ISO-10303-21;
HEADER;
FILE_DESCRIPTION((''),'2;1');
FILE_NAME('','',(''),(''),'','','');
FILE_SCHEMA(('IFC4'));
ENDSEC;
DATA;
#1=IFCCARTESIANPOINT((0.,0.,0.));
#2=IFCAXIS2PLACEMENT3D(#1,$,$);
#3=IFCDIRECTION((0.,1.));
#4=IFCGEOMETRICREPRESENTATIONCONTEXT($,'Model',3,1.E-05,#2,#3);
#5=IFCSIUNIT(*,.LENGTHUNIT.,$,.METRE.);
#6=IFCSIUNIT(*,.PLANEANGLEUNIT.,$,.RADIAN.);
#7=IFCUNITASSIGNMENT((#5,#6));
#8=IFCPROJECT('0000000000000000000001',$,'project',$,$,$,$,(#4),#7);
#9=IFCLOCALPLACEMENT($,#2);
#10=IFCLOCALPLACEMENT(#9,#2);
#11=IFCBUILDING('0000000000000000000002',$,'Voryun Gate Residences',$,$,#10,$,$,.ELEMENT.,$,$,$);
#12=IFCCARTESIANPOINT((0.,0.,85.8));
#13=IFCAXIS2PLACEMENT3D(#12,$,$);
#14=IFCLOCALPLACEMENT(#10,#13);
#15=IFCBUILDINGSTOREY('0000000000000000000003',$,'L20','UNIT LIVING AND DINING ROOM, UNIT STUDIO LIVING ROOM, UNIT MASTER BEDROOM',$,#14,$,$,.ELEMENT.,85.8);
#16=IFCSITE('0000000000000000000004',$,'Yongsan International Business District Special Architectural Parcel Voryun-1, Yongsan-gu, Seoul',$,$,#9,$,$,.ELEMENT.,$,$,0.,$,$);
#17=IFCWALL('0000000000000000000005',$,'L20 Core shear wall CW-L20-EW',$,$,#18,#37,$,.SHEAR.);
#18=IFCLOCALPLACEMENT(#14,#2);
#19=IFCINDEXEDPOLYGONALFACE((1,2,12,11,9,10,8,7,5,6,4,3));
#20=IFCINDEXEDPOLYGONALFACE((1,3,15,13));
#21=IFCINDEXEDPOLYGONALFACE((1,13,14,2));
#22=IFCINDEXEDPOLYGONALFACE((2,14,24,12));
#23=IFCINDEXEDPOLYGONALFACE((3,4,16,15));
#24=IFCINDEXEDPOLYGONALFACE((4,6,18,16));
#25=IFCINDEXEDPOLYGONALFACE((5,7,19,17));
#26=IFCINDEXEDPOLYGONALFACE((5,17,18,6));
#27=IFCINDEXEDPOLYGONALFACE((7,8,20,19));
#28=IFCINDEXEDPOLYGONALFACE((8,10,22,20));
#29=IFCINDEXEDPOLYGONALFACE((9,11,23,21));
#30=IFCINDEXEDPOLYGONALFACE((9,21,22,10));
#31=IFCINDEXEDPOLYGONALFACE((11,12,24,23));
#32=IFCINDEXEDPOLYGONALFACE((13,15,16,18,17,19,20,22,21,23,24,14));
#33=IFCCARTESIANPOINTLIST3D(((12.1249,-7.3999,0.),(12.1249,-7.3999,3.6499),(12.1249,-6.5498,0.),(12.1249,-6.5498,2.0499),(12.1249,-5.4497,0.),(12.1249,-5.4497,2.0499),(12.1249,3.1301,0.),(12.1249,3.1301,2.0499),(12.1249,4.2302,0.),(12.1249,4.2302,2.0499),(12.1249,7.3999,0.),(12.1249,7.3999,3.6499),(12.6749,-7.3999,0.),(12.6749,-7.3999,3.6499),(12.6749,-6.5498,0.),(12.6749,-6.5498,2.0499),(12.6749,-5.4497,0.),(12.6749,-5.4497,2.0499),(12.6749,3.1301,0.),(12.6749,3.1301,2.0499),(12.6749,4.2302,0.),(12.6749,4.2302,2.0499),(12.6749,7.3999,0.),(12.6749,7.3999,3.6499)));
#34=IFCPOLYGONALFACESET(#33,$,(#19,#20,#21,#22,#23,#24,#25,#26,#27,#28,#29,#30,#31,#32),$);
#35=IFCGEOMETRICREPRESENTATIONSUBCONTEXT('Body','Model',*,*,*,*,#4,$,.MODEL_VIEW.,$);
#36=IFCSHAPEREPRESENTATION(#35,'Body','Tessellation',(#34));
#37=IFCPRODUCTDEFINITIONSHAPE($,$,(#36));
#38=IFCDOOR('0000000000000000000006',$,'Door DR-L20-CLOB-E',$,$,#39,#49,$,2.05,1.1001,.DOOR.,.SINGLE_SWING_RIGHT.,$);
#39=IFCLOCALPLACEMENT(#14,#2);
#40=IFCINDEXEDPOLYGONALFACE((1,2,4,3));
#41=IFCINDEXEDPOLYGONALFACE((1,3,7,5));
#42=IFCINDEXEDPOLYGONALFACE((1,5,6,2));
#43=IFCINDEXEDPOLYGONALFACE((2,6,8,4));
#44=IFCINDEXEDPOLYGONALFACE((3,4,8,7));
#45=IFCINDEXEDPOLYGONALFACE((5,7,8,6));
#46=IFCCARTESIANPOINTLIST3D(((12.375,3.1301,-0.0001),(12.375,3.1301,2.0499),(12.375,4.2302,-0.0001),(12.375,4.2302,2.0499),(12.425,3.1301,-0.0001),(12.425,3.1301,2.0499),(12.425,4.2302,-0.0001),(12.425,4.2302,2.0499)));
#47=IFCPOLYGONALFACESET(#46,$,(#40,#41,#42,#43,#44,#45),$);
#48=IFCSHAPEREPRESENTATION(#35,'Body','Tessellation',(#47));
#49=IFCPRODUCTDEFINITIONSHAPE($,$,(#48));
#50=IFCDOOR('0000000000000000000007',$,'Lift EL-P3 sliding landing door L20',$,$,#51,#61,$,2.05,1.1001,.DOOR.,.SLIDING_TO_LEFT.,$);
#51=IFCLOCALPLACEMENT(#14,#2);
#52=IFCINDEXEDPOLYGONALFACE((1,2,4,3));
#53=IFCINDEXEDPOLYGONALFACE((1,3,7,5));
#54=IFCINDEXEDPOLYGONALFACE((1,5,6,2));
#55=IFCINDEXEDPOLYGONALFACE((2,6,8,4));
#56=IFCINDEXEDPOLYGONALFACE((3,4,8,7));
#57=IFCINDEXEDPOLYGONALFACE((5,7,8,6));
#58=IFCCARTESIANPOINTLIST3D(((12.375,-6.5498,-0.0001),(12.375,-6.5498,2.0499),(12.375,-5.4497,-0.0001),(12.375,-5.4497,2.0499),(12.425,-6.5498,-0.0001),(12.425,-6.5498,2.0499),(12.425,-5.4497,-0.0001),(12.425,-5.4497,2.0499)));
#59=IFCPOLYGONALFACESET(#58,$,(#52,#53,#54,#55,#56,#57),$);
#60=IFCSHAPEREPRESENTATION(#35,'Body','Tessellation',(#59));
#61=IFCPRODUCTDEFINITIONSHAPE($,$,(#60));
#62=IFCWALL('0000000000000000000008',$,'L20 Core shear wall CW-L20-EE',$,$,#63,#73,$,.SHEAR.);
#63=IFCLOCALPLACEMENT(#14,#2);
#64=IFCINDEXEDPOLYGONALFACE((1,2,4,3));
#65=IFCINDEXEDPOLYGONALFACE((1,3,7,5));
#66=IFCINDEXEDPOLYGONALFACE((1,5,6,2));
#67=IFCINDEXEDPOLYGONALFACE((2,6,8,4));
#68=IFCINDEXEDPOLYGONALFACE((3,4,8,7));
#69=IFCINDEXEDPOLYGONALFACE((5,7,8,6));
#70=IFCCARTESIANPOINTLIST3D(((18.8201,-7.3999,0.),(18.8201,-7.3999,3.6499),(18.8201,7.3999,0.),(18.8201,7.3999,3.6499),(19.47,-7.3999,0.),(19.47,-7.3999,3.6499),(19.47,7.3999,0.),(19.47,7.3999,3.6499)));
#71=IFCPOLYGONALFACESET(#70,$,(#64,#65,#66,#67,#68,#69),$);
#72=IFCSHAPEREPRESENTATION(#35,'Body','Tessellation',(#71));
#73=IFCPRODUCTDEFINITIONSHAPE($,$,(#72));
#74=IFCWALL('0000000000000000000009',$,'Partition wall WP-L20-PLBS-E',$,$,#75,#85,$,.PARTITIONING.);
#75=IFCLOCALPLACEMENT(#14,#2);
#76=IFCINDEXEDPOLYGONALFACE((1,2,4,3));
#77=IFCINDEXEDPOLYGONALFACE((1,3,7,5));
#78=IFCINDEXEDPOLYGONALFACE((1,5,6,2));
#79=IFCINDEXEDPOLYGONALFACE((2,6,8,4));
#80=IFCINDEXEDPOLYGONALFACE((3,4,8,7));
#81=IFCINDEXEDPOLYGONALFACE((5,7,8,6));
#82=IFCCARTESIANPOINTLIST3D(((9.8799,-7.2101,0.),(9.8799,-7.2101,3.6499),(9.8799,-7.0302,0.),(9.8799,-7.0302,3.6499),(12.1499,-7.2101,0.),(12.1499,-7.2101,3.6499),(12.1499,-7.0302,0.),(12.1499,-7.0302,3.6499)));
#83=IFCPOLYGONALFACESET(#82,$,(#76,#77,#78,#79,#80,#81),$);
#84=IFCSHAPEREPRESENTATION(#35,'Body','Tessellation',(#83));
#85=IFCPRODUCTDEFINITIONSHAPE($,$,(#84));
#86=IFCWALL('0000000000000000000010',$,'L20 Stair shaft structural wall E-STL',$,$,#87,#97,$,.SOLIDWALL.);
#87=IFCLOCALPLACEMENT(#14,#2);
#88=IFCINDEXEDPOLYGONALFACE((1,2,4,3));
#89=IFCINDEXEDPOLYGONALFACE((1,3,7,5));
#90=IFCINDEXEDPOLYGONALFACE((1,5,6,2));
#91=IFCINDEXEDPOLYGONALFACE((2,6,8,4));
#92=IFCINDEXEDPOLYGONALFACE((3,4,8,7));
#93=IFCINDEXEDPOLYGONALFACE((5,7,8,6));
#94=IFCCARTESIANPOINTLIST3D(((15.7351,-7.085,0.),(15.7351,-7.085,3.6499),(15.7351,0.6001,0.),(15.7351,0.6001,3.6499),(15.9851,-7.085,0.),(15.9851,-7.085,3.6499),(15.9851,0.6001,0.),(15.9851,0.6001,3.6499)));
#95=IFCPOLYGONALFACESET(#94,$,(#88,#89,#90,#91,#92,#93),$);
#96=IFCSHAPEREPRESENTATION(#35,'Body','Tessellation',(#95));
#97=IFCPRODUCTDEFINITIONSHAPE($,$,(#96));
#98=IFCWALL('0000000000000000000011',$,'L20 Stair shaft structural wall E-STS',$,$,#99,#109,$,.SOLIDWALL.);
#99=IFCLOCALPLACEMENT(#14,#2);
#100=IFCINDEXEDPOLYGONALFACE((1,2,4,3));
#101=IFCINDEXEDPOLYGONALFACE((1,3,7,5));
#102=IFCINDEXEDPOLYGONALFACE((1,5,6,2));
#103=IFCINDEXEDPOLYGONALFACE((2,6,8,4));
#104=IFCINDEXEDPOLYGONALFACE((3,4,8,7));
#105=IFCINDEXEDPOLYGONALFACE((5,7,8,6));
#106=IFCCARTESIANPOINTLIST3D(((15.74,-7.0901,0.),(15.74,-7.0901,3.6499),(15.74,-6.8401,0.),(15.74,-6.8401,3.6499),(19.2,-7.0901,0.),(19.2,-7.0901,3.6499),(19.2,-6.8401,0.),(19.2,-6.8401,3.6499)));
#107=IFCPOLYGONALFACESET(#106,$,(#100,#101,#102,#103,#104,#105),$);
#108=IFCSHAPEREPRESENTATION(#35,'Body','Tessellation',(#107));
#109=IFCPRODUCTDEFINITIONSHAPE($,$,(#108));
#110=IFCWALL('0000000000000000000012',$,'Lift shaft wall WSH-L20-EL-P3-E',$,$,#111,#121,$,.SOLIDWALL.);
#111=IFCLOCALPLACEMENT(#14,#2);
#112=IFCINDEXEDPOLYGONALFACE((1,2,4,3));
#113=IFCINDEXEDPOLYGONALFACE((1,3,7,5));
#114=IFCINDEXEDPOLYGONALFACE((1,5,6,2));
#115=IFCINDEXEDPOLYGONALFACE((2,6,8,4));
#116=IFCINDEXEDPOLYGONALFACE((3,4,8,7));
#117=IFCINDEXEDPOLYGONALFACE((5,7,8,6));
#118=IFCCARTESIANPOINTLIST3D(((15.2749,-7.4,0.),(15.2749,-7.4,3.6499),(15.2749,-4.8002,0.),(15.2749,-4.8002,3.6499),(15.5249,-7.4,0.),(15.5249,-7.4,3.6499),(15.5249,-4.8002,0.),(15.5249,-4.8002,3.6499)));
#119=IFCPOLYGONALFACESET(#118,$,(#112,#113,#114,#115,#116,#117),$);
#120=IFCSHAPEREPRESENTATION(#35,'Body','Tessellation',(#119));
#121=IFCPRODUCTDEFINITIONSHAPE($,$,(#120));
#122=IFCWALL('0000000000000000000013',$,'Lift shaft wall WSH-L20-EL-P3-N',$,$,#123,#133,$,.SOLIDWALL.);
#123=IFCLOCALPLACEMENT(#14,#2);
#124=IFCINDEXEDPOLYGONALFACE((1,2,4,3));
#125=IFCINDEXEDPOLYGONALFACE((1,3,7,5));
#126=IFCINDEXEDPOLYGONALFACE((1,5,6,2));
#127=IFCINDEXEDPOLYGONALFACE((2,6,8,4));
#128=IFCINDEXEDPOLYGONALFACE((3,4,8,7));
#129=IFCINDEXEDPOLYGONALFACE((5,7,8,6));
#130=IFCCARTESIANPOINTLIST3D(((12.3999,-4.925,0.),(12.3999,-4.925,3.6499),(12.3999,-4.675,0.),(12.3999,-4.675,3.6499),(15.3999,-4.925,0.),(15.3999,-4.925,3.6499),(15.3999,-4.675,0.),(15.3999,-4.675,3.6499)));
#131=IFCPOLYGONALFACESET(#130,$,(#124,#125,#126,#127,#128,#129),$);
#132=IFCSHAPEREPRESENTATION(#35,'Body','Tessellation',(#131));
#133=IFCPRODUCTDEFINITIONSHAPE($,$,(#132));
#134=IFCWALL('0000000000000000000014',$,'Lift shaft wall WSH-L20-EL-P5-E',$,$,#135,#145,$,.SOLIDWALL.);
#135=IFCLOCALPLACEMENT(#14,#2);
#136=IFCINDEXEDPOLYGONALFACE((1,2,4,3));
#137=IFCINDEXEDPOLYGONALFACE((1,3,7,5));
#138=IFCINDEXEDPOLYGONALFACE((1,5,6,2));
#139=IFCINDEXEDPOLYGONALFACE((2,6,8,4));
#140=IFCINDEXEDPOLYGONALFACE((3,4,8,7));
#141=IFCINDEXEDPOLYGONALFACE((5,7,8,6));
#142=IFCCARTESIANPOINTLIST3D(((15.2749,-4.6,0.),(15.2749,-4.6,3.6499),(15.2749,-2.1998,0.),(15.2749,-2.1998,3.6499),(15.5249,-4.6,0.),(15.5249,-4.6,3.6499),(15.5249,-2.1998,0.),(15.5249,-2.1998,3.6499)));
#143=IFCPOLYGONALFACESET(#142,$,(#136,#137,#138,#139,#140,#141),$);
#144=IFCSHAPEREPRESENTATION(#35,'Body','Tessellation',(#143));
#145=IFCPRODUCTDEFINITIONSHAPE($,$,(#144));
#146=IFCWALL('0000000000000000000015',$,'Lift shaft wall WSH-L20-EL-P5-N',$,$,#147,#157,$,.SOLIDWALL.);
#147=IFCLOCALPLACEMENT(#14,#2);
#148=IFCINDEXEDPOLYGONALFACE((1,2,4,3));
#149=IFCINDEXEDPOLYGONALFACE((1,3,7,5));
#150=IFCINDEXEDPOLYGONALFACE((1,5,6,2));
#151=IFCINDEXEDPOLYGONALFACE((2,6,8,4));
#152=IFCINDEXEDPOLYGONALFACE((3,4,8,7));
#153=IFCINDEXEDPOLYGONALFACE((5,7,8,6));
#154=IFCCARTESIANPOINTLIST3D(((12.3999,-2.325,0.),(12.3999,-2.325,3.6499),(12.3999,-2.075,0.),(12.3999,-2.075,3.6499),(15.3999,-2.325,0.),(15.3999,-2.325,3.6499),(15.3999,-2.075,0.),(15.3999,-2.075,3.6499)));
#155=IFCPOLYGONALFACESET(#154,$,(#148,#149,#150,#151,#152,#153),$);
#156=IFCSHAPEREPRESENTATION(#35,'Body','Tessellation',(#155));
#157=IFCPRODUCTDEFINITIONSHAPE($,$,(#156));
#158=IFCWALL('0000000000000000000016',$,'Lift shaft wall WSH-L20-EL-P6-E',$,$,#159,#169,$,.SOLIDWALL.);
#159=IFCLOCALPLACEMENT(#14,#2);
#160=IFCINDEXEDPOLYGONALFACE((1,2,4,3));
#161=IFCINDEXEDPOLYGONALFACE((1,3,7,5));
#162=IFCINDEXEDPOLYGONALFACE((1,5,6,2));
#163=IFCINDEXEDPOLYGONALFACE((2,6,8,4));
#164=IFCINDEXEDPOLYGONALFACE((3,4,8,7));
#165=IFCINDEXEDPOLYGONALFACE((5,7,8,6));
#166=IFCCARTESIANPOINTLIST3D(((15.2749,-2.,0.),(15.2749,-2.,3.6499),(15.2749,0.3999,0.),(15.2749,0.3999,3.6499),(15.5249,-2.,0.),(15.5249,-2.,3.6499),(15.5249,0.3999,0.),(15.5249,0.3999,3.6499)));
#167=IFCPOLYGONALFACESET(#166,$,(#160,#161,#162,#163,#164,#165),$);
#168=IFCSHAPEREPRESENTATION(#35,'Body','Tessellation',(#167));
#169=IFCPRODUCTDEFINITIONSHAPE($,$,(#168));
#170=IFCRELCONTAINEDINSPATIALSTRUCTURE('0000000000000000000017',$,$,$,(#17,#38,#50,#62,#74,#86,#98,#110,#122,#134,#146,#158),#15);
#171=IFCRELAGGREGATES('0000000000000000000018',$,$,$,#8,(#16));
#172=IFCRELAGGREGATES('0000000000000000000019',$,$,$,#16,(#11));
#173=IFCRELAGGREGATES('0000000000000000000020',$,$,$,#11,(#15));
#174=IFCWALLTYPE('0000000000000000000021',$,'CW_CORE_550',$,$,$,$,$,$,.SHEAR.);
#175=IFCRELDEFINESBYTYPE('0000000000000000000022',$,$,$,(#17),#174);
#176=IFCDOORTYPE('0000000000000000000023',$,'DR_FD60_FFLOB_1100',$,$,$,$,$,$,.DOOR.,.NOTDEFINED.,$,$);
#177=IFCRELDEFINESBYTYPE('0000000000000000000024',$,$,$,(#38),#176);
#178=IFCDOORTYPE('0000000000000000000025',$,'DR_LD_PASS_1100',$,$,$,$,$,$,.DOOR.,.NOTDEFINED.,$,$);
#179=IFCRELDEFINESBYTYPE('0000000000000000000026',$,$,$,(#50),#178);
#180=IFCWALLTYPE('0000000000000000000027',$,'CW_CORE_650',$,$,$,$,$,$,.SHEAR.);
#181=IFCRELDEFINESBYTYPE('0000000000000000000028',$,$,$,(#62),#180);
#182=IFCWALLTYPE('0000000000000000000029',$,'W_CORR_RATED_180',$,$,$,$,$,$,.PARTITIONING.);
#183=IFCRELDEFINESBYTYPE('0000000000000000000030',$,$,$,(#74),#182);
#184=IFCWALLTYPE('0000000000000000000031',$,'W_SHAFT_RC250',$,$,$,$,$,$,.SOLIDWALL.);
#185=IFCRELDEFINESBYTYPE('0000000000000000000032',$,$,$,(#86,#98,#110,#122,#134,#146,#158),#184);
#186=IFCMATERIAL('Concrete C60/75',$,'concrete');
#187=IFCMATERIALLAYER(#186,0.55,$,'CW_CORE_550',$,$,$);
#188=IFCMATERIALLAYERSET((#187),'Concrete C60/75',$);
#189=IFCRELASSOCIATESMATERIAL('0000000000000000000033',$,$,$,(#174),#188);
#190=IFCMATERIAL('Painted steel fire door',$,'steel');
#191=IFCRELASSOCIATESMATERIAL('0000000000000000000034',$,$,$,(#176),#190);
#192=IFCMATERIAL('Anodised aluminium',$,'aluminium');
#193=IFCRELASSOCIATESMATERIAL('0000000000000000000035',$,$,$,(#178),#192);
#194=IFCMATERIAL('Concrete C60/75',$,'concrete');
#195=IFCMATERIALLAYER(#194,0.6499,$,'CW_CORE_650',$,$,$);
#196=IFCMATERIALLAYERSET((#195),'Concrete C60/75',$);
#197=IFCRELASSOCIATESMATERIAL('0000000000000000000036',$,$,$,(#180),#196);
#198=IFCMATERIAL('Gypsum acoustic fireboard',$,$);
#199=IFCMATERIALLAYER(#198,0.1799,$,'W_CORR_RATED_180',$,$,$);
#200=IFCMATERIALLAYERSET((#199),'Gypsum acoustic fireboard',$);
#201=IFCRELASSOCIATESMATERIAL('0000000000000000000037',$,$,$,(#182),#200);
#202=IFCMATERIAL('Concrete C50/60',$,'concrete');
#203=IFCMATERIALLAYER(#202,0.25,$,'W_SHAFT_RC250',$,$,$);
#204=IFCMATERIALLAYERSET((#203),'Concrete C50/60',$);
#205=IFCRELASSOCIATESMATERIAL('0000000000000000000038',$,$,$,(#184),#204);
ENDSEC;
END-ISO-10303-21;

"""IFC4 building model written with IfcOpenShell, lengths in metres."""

from ifc_helpers import new_model, si_unit, direction, frame, frame_2d, origin, place, context, subcontext, project, spatial, rectangle, extrude, material, layer, layer_set, type_object, element, fill, save


model = new_model("IFC4")

# Units and contexts
model_context = context("Model", 3, precision=1e-05, world=origin(), true_north=direction((0.0, 1.0)))
body_context = subcontext(model_context, "Body", "Model", "MODEL_VIEW")
ifc_project = project(units=[si_unit("LENGTHUNIT", "METRE"), si_unit("PLANEANGLEUNIT", "RADIAN")], contexts=[model_context])

# Site, building, storey
site_placement = place(None, origin())
site = spatial("IfcSite", under=ifc_project, at=site_placement, Name="Yongsan International Business District Special Architectural Parcel Voryun-1, Yongsan-gu, Seoul", CompositionType="ELEMENT", RefElevation=0.0)
building_placement = place(site_placement, origin())
building = spatial("IfcBuilding", under=site, at=building_placement, Name="Voryun Gate Residences", CompositionType="ELEMENT")
storey_placement = place(building_placement, frame((0.0, 0.0, 85.8)))
storey = spatial("IfcBuildingStorey", under=building, at=storey_placement, Name="L20", Description="UNIT LIVING AND DINING ROOM, UNIT STUDIO LIVING ROOM, UNIT MASTER BEDROOM", CompositionType="ELEMENT", Elevation=85.8)

# Shared definitions
ifc_material_1 = material(Name="Concrete C60/75", Category="concrete")
ifc_layer_1 = layer(ifc_material_1, 0.55, Name="CW_CORE_550")
ifc_layer_set_1 = layer_set([ifc_layer_1], Name="Concrete C60/75")
wall_type_1 = type_object("IfcWallType", Name="CW_CORE_550", PredefinedType="SHEAR", material=ifc_layer_set_1)

# Wall, openings, doors
wall_1_placement = place(storey_placement, frame((12.3999, -7.3999, 0.0), z_axis=(0.0, 0.0, 1.0), x_axis=(0.0, 1.0, 0.0)))
wall_1 = element("IfcWall", 1, at=wall_1_placement, inside=storey, type_object=wall_type_1, Name="L20 Core shear wall CW-L20-EW", PredefinedType="SHEAR", context=body_context, shape_type="SweptSolid", body=[
    extrude(rectangle(XDim=14.7998, YDim=0.55, at=frame_2d((7.3999, 0.0))), origin(), (0.0, 0.0, 1.0), 3.6499),
])
opening_1_placement = place(wall_1_placement, frame((0.8501, 0.0, 0.0)))
opening_1 = element("IfcOpeningElement", 2, at=opening_1_placement, cuts=wall_1, PredefinedType="OPENING", context=body_context, shape_type="SweptSolid", body=[
    extrude(rectangle(XDim=1.1001, YDim=2.05, at=frame_2d((0.55, 1.0249))), frame((0.0, 0.2849, 0.0), z_axis=(0.0, -1.0, 0.0), x_axis=(1.0, 0.0, 0.0)), (0.0, 0.0, 1.0), 0.5701),
])
opening_2_placement = place(wall_1_placement, frame((10.53, 0.0, 0.0)))
opening_2 = element("IfcOpeningElement", 3, at=opening_2_placement, cuts=wall_1, PredefinedType="OPENING", context=body_context, shape_type="SweptSolid", body=[
    extrude(rectangle(XDim=1.1001, YDim=2.05, at=frame_2d((0.55, 1.0249))), frame((0.0, 0.2849, 0.0), z_axis=(0.0, -1.0, 0.0), x_axis=(1.0, 0.0, 0.0)), (0.0, 0.0, 1.0), 0.5701),
])
ifc_material_2 = material(Name="Painted steel fire door", Category="steel")
door_type_1 = type_object("IfcDoorType", Name="DR_FD60_FFLOB_1100", OperationType="NOTDEFINED", PredefinedType="DOOR", material=ifc_material_2)
door_1_placement = place(opening_2_placement, origin())
door_1 = element("IfcDoor", 4, at=door_1_placement, inside=storey, type_object=door_type_1, Name="Door DR-L20-CLOB-E", OperationType="SINGLE_SWING_RIGHT", OverallHeight=2.05, OverallWidth=1.1001, PredefinedType="DOOR", context=body_context, shape_type="SweptSolid", body=[
    extrude(rectangle(XDim=1.1001, YDim=2.05, at=frame_2d((0.55, 1.0249))), frame((0.0, 0.0249, 0.0), z_axis=(0.0, -1.0, 0.0), x_axis=(1.0, 0.0, 0.0)), (0.0, 0.0, 1.0), 0.05),
])
fill(opening_2, door_1)
ifc_material_3 = material(Name="Anodised aluminium", Category="aluminium")
door_type_2 = type_object("IfcDoorType", Name="DR_LD_PASS_1100", OperationType="NOTDEFINED", PredefinedType="DOOR", material=ifc_material_3)
door_2_placement = place(opening_1_placement, origin())
door_2 = element("IfcDoor", 5, at=door_2_placement, inside=storey, type_object=door_type_2, Name="Lift EL-P3 sliding landing door L20", OperationType="SLIDING_TO_LEFT", OverallHeight=2.05, OverallWidth=1.1001, PredefinedType="DOOR", context=body_context, shape_type="SweptSolid", body=[
    extrude(rectangle(XDim=1.1001, YDim=2.05, at=frame_2d((0.55, 1.0249))), frame((0.0, 0.0249, 0.0), z_axis=(0.0, -1.0, 0.0), x_axis=(1.0, 0.0, 0.0)), (0.0, 0.0, 1.0), 0.05),
])
fill(opening_1, door_2)

# Walls
ifc_material_4 = material(Name="Concrete C60/75", Category="concrete")
ifc_layer_2 = layer(ifc_material_4, 0.6499, Name="CW_CORE_650")
ifc_layer_set_2 = layer_set([ifc_layer_2], Name="Concrete C60/75")
wall_type_2 = type_object("IfcWallType", Name="CW_CORE_650", PredefinedType="SHEAR", material=ifc_layer_set_2)
wall_2_placement = place(storey_placement, frame((19.145, -7.3999, 0.0), z_axis=(0.0, 0.0, 1.0), x_axis=(0.0, 1.0, 0.0)))
element("IfcWall", 6, at=wall_2_placement, inside=storey, type_object=wall_type_2, Name="L20 Core shear wall CW-L20-EE", PredefinedType="SHEAR", context=body_context, shape_type="SweptSolid", body=[
    extrude(rectangle(XDim=14.7998, YDim=0.6499, at=frame_2d((7.3999, 0.0))), origin(), (0.0, 0.0, 1.0), 3.6499),
])
ifc_material_5 = material(Name="Gypsum acoustic fireboard")
ifc_layer_3 = layer(ifc_material_5, 0.1799, Name="W_CORR_RATED_180")
ifc_layer_set_3 = layer_set([ifc_layer_3], Name="Gypsum acoustic fireboard")
wall_type_3 = type_object("IfcWallType", Name="W_CORR_RATED_180", PredefinedType="PARTITIONING", material=ifc_layer_set_3)
wall_3_placement = place(storey_placement, frame((9.8799, -7.1201, 0.0), z_axis=(0.0, 0.0, 1.0), x_axis=(1.0, 0.0, 0.0)))
element("IfcWall", 7, at=wall_3_placement, inside=storey, type_object=wall_type_3, Name="Partition wall WP-L20-PLBS-E", PredefinedType="PARTITIONING", context=body_context, shape_type="SweptSolid", body=[
    extrude(rectangle(XDim=2.27, YDim=0.1799, at=frame_2d((1.135, 0.0))), origin(), (0.0, 0.0, 1.0), 3.6499),
])
ifc_material_6 = material(Name="Concrete C50/60", Category="concrete")
ifc_layer_4 = layer(ifc_material_6, 0.25, Name="W_SHAFT_RC250")
ifc_layer_set_4 = layer_set([ifc_layer_4], Name="Concrete C50/60")
wall_type_4 = type_object("IfcWallType", Name="W_SHAFT_RC250", PredefinedType="SOLIDWALL", material=ifc_layer_set_4)
wall_4_placement = place(storey_placement, frame((15.8601, -7.085, 0.0), z_axis=(0.0, 0.0, 1.0), x_axis=(0.0, 1.0, 0.0)))
element("IfcWall", 8, at=wall_4_placement, inside=storey, type_object=wall_type_4, Name="L20 Stair shaft structural wall E-STL", PredefinedType="SOLIDWALL", context=body_context, shape_type="SweptSolid", body=[
    extrude(rectangle(XDim=7.6851, YDim=0.25, at=frame_2d((3.8425, 0.0))), origin(), (0.0, 0.0, 1.0), 3.6499),
])
wall_5_placement = place(storey_placement, frame((15.74, -6.9651, 0.0), z_axis=(0.0, 0.0, 1.0), x_axis=(1.0, 0.0, 0.0)))
element("IfcWall", 9, at=wall_5_placement, inside=storey, type_object=wall_type_4, Name="L20 Stair shaft structural wall E-STS", PredefinedType="SOLIDWALL", context=body_context, shape_type="SweptSolid", body=[
    extrude(rectangle(XDim=3.46, YDim=0.25, at=frame_2d((1.73, 0.0))), origin(), (0.0, 0.0, 1.0), 3.6499),
])
wall_6_placement = place(storey_placement, frame((15.3999, -7.3999, 0.0), z_axis=(0.0, 0.0, 1.0), x_axis=(0.0, 1.0, 0.0)))
element("IfcWall", 10, at=wall_6_placement, inside=storey, type_object=wall_type_4, Name="Lift shaft wall WSH-L20-EL-P3-E", PredefinedType="SOLIDWALL", context=body_context, shape_type="SweptSolid", body=[
    extrude(rectangle(XDim=2.5999, YDim=0.25, at=frame_2d((1.2998, 0.0))), origin(), (0.0, 0.0, 1.0), 3.6499),
])
wall_7_placement = place(storey_placement, frame((15.3999, -4.8, 0.0), z_axis=(0.0, 0.0, 1.0), x_axis=(-1.0, 0.0, 0.0)))
element("IfcWall", 11, at=wall_7_placement, inside=storey, type_object=wall_type_4, Name="Lift shaft wall WSH-L20-EL-P3-N", PredefinedType="SOLIDWALL", context=body_context, shape_type="SweptSolid", body=[
    extrude(rectangle(XDim=3.0, YDim=0.25, at=frame_2d((1.5, 0.0))), origin(), (0.0, 0.0, 1.0), 3.6499),
])
wall_8_placement = place(storey_placement, frame((15.3999, -4.6001, 0.0), z_axis=(0.0, 0.0, 1.0), x_axis=(0.0, 1.0, 0.0)))
element("IfcWall", 12, at=wall_8_placement, inside=storey, type_object=wall_type_4, Name="Lift shaft wall WSH-L20-EL-P5-E", PredefinedType="SOLIDWALL", context=body_context, shape_type="SweptSolid", body=[
    extrude(rectangle(XDim=2.4001, YDim=0.25, at=frame_2d((1.2002, 0.0))), origin(), (0.0, 0.0, 1.0), 3.6499),
])
wall_9_placement = place(storey_placement, frame((15.3999, -2.2, 0.0), z_axis=(0.0, 0.0, 1.0), x_axis=(-1.0, 0.0, 0.0)))
element("IfcWall", 13, at=wall_9_placement, inside=storey, type_object=wall_type_4, Name="Lift shaft wall WSH-L20-EL-P5-N", PredefinedType="SOLIDWALL", context=body_context, shape_type="SweptSolid", body=[
    extrude(rectangle(XDim=3.0, YDim=0.25, at=frame_2d((1.5, 0.0))), origin(), (0.0, 0.0, 1.0), 3.6499),
])
wall_10_placement = place(storey_placement, frame((15.3999, -2.0, 0.0), z_axis=(0.0, 0.0, 1.0), x_axis=(0.0, 1.0, 0.0)))
element("IfcWall", 14, at=wall_10_placement, inside=storey, type_object=wall_type_4, Name="Lift shaft wall WSH-L20-EL-P6-E", PredefinedType="SOLIDWALL", context=body_context, shape_type="SweptSolid", body=[
    extrude(rectangle(XDim=2.3999, YDim=0.25, at=frame_2d((1.2, 0.0))), origin(), (0.0, 0.0, 1.0), 3.6499),
])

save(model, "model.ifc")
